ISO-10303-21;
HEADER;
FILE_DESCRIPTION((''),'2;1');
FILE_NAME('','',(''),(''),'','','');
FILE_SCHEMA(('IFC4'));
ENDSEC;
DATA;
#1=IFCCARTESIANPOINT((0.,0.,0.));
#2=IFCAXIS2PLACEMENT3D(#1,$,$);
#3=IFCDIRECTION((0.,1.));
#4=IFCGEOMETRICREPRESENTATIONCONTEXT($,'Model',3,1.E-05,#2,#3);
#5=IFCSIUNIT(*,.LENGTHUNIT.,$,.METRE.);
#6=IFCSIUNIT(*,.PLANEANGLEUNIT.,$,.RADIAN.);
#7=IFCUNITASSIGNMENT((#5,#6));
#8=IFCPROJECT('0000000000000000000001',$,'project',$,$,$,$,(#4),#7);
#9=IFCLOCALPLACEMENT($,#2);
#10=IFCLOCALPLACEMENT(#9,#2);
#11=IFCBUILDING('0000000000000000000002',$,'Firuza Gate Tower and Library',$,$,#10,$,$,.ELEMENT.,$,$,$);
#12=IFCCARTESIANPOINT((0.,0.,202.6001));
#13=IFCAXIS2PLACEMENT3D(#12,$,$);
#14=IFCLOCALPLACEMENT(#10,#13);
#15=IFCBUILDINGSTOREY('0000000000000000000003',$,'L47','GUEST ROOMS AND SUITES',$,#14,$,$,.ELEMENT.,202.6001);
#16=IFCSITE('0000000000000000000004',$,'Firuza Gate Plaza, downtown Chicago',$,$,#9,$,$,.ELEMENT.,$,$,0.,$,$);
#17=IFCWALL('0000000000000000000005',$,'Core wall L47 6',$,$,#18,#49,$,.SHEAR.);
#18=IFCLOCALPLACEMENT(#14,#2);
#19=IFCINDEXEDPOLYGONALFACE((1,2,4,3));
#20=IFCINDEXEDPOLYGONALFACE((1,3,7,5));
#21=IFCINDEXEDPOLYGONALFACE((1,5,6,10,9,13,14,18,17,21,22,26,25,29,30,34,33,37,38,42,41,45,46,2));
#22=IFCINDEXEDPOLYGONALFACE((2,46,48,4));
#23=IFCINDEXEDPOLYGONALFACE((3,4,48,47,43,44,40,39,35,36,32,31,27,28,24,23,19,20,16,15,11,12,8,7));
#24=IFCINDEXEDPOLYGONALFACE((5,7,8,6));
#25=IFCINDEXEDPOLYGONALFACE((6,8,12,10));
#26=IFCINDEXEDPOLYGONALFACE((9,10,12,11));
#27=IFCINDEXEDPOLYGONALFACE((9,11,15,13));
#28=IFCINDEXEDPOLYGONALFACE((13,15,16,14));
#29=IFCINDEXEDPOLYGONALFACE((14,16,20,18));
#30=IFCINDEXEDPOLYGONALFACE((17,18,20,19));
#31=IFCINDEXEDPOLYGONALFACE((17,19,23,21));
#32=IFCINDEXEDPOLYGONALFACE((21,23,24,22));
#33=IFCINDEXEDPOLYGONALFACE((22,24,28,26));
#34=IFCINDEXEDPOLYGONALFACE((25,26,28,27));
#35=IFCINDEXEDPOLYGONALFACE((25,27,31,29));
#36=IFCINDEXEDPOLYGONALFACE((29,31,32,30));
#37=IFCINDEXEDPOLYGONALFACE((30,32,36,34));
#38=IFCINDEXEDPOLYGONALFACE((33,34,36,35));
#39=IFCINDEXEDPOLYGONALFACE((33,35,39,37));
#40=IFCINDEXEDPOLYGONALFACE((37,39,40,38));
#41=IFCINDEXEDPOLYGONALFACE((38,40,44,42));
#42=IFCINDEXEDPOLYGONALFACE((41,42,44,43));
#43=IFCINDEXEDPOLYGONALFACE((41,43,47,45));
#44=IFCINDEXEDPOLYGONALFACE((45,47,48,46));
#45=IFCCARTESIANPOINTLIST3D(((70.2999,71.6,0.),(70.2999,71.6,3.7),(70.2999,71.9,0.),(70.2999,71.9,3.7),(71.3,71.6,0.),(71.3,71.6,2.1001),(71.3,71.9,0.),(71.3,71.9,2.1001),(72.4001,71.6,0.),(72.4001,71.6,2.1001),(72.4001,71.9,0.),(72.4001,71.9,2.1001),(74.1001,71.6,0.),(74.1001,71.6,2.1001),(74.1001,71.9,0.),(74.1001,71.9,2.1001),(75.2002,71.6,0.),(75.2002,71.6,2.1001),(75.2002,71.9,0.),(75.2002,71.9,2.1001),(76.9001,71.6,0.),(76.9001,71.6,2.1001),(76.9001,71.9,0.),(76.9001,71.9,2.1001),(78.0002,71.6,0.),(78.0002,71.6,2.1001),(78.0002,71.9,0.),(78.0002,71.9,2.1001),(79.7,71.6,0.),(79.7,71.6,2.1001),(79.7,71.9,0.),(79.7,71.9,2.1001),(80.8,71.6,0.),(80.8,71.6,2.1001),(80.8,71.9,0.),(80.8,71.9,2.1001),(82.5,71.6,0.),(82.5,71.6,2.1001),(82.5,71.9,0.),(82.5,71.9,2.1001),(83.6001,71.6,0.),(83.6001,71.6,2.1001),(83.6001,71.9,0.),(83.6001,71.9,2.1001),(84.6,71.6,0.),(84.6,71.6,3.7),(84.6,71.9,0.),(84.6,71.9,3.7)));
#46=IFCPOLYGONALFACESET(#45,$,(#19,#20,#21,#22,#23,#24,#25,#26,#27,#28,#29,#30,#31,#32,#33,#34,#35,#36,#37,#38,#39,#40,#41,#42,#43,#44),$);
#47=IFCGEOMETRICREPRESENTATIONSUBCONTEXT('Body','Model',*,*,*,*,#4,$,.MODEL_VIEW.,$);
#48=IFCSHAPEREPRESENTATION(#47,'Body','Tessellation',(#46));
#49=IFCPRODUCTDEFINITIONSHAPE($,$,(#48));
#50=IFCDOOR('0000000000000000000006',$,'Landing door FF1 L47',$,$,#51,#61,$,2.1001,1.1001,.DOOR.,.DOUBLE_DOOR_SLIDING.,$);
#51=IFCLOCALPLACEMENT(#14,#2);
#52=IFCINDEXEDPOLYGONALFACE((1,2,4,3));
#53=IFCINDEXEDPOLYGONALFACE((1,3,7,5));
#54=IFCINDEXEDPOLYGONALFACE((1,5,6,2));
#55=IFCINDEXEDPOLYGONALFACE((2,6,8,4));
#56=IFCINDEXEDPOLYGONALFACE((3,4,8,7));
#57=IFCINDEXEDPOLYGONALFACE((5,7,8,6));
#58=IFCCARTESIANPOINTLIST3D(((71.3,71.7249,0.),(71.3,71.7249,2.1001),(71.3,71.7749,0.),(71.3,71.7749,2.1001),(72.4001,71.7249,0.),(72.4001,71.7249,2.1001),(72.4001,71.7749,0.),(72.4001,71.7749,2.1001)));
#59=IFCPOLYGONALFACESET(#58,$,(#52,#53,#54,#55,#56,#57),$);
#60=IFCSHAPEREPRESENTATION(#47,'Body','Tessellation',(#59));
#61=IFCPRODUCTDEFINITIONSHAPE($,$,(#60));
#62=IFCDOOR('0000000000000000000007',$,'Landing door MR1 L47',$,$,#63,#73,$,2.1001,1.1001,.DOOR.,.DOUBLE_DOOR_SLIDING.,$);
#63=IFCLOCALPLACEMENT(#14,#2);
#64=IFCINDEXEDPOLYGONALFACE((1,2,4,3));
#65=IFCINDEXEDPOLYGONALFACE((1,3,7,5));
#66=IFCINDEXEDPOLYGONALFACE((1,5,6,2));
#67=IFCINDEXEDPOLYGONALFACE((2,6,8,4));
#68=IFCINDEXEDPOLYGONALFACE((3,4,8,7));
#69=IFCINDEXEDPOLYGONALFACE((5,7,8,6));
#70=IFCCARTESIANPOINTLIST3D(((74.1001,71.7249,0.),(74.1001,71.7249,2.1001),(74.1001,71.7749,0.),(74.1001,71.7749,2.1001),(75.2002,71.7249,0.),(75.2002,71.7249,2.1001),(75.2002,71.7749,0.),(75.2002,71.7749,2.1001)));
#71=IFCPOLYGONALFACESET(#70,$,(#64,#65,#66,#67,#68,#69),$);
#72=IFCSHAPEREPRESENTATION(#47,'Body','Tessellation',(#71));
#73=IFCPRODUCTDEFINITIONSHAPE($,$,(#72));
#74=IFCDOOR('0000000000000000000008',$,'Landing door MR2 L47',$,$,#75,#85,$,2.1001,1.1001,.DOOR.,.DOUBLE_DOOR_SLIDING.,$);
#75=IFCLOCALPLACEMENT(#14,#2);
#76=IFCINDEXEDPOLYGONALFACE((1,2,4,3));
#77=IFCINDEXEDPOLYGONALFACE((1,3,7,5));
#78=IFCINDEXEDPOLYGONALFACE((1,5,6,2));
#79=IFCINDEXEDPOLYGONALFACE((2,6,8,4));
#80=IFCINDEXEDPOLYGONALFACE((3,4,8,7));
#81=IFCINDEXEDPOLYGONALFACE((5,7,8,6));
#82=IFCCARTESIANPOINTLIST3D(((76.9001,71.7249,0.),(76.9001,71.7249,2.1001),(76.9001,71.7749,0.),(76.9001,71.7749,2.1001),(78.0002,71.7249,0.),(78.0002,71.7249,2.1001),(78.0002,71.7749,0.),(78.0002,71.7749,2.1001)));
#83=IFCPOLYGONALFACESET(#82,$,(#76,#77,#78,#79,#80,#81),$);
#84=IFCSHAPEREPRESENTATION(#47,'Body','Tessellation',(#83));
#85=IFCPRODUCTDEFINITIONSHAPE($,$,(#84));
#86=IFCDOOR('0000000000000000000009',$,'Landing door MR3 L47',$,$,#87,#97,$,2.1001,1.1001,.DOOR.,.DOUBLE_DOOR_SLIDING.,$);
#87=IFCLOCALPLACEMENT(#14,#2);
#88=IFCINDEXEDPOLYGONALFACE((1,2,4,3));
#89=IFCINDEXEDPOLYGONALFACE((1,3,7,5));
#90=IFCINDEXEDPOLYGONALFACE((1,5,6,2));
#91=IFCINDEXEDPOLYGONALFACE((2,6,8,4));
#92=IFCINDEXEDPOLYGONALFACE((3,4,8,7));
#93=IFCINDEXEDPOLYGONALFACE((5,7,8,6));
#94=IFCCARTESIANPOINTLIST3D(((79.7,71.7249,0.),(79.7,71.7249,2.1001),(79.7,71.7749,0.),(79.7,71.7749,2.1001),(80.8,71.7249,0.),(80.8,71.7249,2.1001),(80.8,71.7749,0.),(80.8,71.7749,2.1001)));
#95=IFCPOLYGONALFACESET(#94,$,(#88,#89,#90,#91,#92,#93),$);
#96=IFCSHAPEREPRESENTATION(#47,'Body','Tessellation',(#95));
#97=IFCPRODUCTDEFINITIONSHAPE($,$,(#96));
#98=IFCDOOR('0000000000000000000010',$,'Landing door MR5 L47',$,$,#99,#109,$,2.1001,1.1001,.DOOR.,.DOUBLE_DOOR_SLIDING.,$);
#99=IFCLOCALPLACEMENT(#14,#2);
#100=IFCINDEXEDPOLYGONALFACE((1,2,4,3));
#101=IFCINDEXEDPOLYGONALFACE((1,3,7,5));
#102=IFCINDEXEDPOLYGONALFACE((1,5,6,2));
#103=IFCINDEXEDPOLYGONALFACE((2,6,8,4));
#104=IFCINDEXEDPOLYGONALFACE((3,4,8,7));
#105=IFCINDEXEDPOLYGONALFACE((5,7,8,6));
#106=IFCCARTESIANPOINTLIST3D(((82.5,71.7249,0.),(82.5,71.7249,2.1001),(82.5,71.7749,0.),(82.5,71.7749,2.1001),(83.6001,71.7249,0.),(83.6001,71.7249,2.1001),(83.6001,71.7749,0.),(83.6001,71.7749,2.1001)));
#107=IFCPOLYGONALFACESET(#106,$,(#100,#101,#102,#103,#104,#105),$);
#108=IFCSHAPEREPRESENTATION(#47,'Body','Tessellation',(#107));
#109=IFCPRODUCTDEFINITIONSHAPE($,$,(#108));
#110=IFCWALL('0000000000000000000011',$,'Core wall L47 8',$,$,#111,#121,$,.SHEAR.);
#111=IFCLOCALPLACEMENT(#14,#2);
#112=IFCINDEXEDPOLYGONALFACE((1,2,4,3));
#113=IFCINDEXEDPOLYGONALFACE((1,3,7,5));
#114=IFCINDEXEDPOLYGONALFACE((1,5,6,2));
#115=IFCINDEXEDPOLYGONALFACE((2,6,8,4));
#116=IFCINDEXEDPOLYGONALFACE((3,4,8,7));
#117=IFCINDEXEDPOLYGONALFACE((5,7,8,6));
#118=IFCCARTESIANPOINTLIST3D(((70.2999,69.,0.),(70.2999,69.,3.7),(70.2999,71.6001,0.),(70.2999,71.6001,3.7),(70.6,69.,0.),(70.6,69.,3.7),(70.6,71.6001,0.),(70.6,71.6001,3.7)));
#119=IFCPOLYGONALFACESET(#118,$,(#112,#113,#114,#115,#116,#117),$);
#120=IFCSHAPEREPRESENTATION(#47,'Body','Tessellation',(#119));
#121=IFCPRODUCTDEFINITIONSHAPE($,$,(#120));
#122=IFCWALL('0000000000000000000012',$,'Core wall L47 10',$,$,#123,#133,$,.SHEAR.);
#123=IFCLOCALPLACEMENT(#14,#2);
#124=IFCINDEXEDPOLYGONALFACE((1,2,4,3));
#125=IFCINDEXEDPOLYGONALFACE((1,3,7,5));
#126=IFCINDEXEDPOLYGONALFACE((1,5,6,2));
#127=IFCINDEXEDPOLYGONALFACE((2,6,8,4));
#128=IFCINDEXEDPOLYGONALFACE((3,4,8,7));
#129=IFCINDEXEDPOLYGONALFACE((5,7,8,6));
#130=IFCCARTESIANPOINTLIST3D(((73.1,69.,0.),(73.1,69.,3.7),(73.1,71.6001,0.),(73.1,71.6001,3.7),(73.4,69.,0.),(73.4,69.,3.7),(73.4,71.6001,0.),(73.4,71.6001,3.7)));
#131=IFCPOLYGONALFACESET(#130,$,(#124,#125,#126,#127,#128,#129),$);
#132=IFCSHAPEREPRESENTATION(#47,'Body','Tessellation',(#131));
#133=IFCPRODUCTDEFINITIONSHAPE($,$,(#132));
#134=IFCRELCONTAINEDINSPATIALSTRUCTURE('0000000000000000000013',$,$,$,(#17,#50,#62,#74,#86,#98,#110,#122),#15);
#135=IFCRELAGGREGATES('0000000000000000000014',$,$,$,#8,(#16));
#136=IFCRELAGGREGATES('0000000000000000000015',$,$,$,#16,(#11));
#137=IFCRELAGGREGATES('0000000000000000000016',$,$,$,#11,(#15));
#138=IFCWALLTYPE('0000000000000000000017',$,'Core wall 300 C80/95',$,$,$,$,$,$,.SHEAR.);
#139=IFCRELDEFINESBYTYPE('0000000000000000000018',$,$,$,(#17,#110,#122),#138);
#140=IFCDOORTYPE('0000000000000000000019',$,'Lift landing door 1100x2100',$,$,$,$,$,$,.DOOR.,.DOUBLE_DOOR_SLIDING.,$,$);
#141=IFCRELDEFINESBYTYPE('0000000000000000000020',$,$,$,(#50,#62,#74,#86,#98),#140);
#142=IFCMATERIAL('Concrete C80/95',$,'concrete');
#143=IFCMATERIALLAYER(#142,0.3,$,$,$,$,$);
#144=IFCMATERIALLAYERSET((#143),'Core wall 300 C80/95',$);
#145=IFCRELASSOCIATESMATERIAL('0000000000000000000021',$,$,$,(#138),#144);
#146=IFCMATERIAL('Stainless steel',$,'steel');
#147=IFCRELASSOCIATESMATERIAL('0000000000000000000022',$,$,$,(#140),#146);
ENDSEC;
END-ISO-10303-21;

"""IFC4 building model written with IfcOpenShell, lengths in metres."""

from ifc_helpers import new_model, si_unit, direction, frame, frame_2d, origin, place, context, subcontext, project, spatial, rectangle, extrude, material, layer, layer_set, type_object, element, fill, save


model = new_model("IFC4")

# Units and contexts
model_context = context("Model", 3, precision=1e-05, world=origin(), true_north=direction((0.0, 1.0)))
body_context = subcontext(model_context, "Body", "Model", "MODEL_VIEW")
ifc_project = project(units=[si_unit("LENGTHUNIT", "METRE"), si_unit("PLANEANGLEUNIT", "RADIAN")], contexts=[model_context])

# Site, building, storey
site_placement = place(None, origin())
site = spatial("IfcSite", under=ifc_project, at=site_placement, Name="Firuza Gate Plaza, downtown Chicago", CompositionType="ELEMENT", RefElevation=0.0)
building_placement = place(site_placement, origin())
building = spatial("IfcBuilding", under=site, at=building_placement, Name="Firuza Gate Tower and Library", CompositionType="ELEMENT")
storey_placement = place(building_placement, frame((0.0, 0.0, 202.6001)))
storey = spatial("IfcBuildingStorey", under=building, at=storey_placement, Name="L47", Description="GUEST ROOMS AND SUITES", CompositionType="ELEMENT", Elevation=202.6001)

# Shared definitions
ifc_material_1 = material(Name="Concrete C80/95", Category="concrete")
ifc_layer_1 = layer(ifc_material_1, 0.3)
ifc_layer_set_1 = layer_set([ifc_layer_1], Name="Core wall 300 C80/95")
wall_type_1 = type_object("IfcWallType", Name="Core wall 300 C80/95", PredefinedType="SHEAR", material=ifc_layer_set_1)

# Wall, openings, doors
wall_1_placement = place(storey_placement, frame((70.3, 71.75, 0.0), z_axis=(0.0, 0.0, 1.0), x_axis=(1.0, 0.0, 0.0)))
wall_1 = element("IfcWall", 1, at=wall_1_placement, inside=storey, type_object=wall_type_1, Name="Core wall L47 6", PredefinedType="SHEAR", context=body_context, shape_type="SweptSolid", body=[
    extrude(rectangle(XDim=14.3, YDim=0.3, at=frame_2d((7.1499, 0.0))), origin(), (0.0, 0.0, 1.0), 3.7),
])
opening_1_placement = place(wall_1_placement, frame((1.0, 0.0, 0.0)))
opening_1 = element("IfcOpeningElement", 2, at=opening_1_placement, cuts=wall_1, PredefinedType="OPENING", context=body_context, shape_type="SweptSolid", body=[
    extrude(rectangle(XDim=1.1001, YDim=2.1001, at=frame_2d((0.55, 1.05))), frame((0.0, 0.1602, 0.0), z_axis=(0.0, -1.0, 0.0), x_axis=(1.0, 0.0, 0.0)), (0.0, 0.0, 1.0), 0.3201),
])
opening_2_placement = place(wall_1_placement, frame((3.8, 0.0, 0.0)))
opening_2 = element("IfcOpeningElement", 3, at=opening_2_placement, cuts=wall_1, PredefinedType="OPENING", context=body_context, shape_type="SweptSolid", body=[
    extrude(rectangle(XDim=1.1001, YDim=2.1001, at=frame_2d((0.55, 1.05))), frame((0.0, 0.1602, 0.0), z_axis=(0.0, -1.0, 0.0), x_axis=(1.0, 0.0, 0.0)), (0.0, 0.0, 1.0), 0.3201),
])
opening_3_placement = place(wall_1_placement, frame((6.6001, 0.0, 0.0)))
opening_3 = element("IfcOpeningElement", 4, at=opening_3_placement, cuts=wall_1, PredefinedType="OPENING", context=body_context, shape_type="SweptSolid", body=[
    extrude(rectangle(XDim=1.1001, YDim=2.1001, at=frame_2d((0.55, 1.05))), frame((0.0, 0.1602, 0.0), z_axis=(0.0, -1.0, 0.0), x_axis=(1.0, 0.0, 0.0)), (0.0, 0.0, 1.0), 0.3201),
])
opening_4_placement = place(wall_1_placement, frame((9.3999, 0.0, 0.0)))
opening_4 = element("IfcOpeningElement", 5, at=opening_4_placement, cuts=wall_1, PredefinedType="OPENING", context=body_context, shape_type="SweptSolid", body=[
    extrude(rectangle(XDim=1.1001, YDim=2.1001, at=frame_2d((0.55, 1.05))), frame((0.0, 0.1602, 0.0), z_axis=(0.0, -1.0, 0.0), x_axis=(1.0, 0.0, 0.0)), (0.0, 0.0, 1.0), 0.3201),
])
opening_5_placement = place(wall_1_placement, frame((12.2, 0.0, 0.0)))
opening_5 = element("IfcOpeningElement", 6, at=opening_5_placement, cuts=wall_1, PredefinedType="OPENING", context=body_context, shape_type="SweptSolid", body=[
    extrude(rectangle(XDim=1.1001, YDim=2.1001, at=frame_2d((0.55, 1.05))), frame((0.0, 0.1602, 0.0), z_axis=(0.0, -1.0, 0.0), x_axis=(1.0, 0.0, 0.0)), (0.0, 0.0, 1.0), 0.3201),
])
ifc_material_2 = material(Name="Stainless steel", Category="steel")
door_type_1 = type_object("IfcDoorType", Name="Lift landing door 1100x2100", OperationType="DOUBLE_DOOR_SLIDING", PredefinedType="DOOR", material=ifc_material_2)
door_1_placement = place(opening_1_placement, origin())
door_1 = element("IfcDoor", 7, at=door_1_placement, inside=storey, type_object=door_type_1, Name="Landing door FF1 L47", OperationType="DOUBLE_DOOR_SLIDING", OverallHeight=2.1001, OverallWidth=1.1001, PredefinedType="DOOR", context=body_context, shape_type="SweptSolid", body=[
    extrude(rectangle(XDim=1.1001, YDim=2.1001, at=frame_2d((0.55, 1.05))), frame((0.0, 0.0249, 0.0), z_axis=(0.0, -1.0, 0.0), x_axis=(1.0, 0.0, 0.0)), (0.0, 0.0, 1.0), 0.05),
])
fill(opening_1, door_1)
door_2_placement = place(opening_2_placement, origin())
door_2 = element("IfcDoor", 8, at=door_2_placement, inside=storey, type_object=door_type_1, Name="Landing door MR1 L47", OperationType="DOUBLE_DOOR_SLIDING", OverallHeight=2.1001, OverallWidth=1.1001, PredefinedType="DOOR", context=body_context, shape_type="SweptSolid", body=[
    extrude(rectangle(XDim=1.1001, YDim=2.1001, at=frame_2d((0.55, 1.05))), frame((0.0, 0.0249, 0.0), z_axis=(0.0, -1.0, 0.0), x_axis=(1.0, 0.0, 0.0)), (0.0, 0.0, 1.0), 0.05),
])
fill(opening_2, door_2)
door_3_placement = place(opening_3_placement, origin())
door_3 = element("IfcDoor", 9, at=door_3_placement, inside=storey, type_object=door_type_1, Name="Landing door MR2 L47", OperationType="DOUBLE_DOOR_SLIDING", OverallHeight=2.1001, OverallWidth=1.1001, PredefinedType="DOOR", context=body_context, shape_type="SweptSolid", body=[
    extrude(rectangle(XDim=1.1001, YDim=2.1001, at=frame_2d((0.55, 1.05))), frame((0.0, 0.0249, 0.0), z_axis=(0.0, -1.0, 0.0), x_axis=(1.0, 0.0, 0.0)), (0.0, 0.0, 1.0), 0.05),
])
fill(opening_3, door_3)
door_4_placement = place(opening_4_placement, origin())
door_4 = element("IfcDoor", 10, at=door_4_placement, inside=storey, type_object=door_type_1, Name="Landing door MR3 L47", OperationType="DOUBLE_DOOR_SLIDING", OverallHeight=2.1001, OverallWidth=1.1001, PredefinedType="DOOR", context=body_context, shape_type="SweptSolid", body=[
    extrude(rectangle(XDim=1.1001, YDim=2.1001, at=frame_2d((0.55, 1.05))), frame((0.0, 0.0249, 0.0), z_axis=(0.0, -1.0, 0.0), x_axis=(1.0, 0.0, 0.0)), (0.0, 0.0, 1.0), 0.05),
])
fill(opening_4, door_4)
door_5_placement = place(opening_5_placement, origin())
door_5 = element("IfcDoor", 11, at=door_5_placement, inside=storey, type_object=door_type_1, Name="Landing door MR5 L47", OperationType="DOUBLE_DOOR_SLIDING", OverallHeight=2.1001, OverallWidth=1.1001, PredefinedType="DOOR", context=body_context, shape_type="SweptSolid", body=[
    extrude(rectangle(XDim=1.1001, YDim=2.1001, at=frame_2d((0.55, 1.05))), frame((0.0, 0.0249, 0.0), z_axis=(0.0, -1.0, 0.0), x_axis=(1.0, 0.0, 0.0)), (0.0, 0.0, 1.0), 0.05),
])
fill(opening_5, door_5)

# Walls
for number, where, z_axis, x_axis, name in (
    (12, (70.45, 69.0, 0.0), (0.0, 0.0, 1.0), (0.0, 1.0, 0.0), "Core wall L47 8"),
    (13, (73.25, 69.0, 0.0), (0.0, 0.0, 1.0), (0.0, 1.0, 0.0), "Core wall L47 10"),
):
    element("IfcWall", number, at=place(storey_placement, frame(where, z_axis=z_axis, x_axis=x_axis)), inside=storey, type_object=wall_type_1, Name=name, PredefinedType="SHEAR", context=body_context, shape_type="SweptSolid", body=[
        extrude(rectangle(XDim=2.6001, YDim=0.3, at=frame_2d((1.3, 0.0))), origin(), (0.0, 0.0, 1.0), 3.7),
    ])

save(model, "model.ifc")
